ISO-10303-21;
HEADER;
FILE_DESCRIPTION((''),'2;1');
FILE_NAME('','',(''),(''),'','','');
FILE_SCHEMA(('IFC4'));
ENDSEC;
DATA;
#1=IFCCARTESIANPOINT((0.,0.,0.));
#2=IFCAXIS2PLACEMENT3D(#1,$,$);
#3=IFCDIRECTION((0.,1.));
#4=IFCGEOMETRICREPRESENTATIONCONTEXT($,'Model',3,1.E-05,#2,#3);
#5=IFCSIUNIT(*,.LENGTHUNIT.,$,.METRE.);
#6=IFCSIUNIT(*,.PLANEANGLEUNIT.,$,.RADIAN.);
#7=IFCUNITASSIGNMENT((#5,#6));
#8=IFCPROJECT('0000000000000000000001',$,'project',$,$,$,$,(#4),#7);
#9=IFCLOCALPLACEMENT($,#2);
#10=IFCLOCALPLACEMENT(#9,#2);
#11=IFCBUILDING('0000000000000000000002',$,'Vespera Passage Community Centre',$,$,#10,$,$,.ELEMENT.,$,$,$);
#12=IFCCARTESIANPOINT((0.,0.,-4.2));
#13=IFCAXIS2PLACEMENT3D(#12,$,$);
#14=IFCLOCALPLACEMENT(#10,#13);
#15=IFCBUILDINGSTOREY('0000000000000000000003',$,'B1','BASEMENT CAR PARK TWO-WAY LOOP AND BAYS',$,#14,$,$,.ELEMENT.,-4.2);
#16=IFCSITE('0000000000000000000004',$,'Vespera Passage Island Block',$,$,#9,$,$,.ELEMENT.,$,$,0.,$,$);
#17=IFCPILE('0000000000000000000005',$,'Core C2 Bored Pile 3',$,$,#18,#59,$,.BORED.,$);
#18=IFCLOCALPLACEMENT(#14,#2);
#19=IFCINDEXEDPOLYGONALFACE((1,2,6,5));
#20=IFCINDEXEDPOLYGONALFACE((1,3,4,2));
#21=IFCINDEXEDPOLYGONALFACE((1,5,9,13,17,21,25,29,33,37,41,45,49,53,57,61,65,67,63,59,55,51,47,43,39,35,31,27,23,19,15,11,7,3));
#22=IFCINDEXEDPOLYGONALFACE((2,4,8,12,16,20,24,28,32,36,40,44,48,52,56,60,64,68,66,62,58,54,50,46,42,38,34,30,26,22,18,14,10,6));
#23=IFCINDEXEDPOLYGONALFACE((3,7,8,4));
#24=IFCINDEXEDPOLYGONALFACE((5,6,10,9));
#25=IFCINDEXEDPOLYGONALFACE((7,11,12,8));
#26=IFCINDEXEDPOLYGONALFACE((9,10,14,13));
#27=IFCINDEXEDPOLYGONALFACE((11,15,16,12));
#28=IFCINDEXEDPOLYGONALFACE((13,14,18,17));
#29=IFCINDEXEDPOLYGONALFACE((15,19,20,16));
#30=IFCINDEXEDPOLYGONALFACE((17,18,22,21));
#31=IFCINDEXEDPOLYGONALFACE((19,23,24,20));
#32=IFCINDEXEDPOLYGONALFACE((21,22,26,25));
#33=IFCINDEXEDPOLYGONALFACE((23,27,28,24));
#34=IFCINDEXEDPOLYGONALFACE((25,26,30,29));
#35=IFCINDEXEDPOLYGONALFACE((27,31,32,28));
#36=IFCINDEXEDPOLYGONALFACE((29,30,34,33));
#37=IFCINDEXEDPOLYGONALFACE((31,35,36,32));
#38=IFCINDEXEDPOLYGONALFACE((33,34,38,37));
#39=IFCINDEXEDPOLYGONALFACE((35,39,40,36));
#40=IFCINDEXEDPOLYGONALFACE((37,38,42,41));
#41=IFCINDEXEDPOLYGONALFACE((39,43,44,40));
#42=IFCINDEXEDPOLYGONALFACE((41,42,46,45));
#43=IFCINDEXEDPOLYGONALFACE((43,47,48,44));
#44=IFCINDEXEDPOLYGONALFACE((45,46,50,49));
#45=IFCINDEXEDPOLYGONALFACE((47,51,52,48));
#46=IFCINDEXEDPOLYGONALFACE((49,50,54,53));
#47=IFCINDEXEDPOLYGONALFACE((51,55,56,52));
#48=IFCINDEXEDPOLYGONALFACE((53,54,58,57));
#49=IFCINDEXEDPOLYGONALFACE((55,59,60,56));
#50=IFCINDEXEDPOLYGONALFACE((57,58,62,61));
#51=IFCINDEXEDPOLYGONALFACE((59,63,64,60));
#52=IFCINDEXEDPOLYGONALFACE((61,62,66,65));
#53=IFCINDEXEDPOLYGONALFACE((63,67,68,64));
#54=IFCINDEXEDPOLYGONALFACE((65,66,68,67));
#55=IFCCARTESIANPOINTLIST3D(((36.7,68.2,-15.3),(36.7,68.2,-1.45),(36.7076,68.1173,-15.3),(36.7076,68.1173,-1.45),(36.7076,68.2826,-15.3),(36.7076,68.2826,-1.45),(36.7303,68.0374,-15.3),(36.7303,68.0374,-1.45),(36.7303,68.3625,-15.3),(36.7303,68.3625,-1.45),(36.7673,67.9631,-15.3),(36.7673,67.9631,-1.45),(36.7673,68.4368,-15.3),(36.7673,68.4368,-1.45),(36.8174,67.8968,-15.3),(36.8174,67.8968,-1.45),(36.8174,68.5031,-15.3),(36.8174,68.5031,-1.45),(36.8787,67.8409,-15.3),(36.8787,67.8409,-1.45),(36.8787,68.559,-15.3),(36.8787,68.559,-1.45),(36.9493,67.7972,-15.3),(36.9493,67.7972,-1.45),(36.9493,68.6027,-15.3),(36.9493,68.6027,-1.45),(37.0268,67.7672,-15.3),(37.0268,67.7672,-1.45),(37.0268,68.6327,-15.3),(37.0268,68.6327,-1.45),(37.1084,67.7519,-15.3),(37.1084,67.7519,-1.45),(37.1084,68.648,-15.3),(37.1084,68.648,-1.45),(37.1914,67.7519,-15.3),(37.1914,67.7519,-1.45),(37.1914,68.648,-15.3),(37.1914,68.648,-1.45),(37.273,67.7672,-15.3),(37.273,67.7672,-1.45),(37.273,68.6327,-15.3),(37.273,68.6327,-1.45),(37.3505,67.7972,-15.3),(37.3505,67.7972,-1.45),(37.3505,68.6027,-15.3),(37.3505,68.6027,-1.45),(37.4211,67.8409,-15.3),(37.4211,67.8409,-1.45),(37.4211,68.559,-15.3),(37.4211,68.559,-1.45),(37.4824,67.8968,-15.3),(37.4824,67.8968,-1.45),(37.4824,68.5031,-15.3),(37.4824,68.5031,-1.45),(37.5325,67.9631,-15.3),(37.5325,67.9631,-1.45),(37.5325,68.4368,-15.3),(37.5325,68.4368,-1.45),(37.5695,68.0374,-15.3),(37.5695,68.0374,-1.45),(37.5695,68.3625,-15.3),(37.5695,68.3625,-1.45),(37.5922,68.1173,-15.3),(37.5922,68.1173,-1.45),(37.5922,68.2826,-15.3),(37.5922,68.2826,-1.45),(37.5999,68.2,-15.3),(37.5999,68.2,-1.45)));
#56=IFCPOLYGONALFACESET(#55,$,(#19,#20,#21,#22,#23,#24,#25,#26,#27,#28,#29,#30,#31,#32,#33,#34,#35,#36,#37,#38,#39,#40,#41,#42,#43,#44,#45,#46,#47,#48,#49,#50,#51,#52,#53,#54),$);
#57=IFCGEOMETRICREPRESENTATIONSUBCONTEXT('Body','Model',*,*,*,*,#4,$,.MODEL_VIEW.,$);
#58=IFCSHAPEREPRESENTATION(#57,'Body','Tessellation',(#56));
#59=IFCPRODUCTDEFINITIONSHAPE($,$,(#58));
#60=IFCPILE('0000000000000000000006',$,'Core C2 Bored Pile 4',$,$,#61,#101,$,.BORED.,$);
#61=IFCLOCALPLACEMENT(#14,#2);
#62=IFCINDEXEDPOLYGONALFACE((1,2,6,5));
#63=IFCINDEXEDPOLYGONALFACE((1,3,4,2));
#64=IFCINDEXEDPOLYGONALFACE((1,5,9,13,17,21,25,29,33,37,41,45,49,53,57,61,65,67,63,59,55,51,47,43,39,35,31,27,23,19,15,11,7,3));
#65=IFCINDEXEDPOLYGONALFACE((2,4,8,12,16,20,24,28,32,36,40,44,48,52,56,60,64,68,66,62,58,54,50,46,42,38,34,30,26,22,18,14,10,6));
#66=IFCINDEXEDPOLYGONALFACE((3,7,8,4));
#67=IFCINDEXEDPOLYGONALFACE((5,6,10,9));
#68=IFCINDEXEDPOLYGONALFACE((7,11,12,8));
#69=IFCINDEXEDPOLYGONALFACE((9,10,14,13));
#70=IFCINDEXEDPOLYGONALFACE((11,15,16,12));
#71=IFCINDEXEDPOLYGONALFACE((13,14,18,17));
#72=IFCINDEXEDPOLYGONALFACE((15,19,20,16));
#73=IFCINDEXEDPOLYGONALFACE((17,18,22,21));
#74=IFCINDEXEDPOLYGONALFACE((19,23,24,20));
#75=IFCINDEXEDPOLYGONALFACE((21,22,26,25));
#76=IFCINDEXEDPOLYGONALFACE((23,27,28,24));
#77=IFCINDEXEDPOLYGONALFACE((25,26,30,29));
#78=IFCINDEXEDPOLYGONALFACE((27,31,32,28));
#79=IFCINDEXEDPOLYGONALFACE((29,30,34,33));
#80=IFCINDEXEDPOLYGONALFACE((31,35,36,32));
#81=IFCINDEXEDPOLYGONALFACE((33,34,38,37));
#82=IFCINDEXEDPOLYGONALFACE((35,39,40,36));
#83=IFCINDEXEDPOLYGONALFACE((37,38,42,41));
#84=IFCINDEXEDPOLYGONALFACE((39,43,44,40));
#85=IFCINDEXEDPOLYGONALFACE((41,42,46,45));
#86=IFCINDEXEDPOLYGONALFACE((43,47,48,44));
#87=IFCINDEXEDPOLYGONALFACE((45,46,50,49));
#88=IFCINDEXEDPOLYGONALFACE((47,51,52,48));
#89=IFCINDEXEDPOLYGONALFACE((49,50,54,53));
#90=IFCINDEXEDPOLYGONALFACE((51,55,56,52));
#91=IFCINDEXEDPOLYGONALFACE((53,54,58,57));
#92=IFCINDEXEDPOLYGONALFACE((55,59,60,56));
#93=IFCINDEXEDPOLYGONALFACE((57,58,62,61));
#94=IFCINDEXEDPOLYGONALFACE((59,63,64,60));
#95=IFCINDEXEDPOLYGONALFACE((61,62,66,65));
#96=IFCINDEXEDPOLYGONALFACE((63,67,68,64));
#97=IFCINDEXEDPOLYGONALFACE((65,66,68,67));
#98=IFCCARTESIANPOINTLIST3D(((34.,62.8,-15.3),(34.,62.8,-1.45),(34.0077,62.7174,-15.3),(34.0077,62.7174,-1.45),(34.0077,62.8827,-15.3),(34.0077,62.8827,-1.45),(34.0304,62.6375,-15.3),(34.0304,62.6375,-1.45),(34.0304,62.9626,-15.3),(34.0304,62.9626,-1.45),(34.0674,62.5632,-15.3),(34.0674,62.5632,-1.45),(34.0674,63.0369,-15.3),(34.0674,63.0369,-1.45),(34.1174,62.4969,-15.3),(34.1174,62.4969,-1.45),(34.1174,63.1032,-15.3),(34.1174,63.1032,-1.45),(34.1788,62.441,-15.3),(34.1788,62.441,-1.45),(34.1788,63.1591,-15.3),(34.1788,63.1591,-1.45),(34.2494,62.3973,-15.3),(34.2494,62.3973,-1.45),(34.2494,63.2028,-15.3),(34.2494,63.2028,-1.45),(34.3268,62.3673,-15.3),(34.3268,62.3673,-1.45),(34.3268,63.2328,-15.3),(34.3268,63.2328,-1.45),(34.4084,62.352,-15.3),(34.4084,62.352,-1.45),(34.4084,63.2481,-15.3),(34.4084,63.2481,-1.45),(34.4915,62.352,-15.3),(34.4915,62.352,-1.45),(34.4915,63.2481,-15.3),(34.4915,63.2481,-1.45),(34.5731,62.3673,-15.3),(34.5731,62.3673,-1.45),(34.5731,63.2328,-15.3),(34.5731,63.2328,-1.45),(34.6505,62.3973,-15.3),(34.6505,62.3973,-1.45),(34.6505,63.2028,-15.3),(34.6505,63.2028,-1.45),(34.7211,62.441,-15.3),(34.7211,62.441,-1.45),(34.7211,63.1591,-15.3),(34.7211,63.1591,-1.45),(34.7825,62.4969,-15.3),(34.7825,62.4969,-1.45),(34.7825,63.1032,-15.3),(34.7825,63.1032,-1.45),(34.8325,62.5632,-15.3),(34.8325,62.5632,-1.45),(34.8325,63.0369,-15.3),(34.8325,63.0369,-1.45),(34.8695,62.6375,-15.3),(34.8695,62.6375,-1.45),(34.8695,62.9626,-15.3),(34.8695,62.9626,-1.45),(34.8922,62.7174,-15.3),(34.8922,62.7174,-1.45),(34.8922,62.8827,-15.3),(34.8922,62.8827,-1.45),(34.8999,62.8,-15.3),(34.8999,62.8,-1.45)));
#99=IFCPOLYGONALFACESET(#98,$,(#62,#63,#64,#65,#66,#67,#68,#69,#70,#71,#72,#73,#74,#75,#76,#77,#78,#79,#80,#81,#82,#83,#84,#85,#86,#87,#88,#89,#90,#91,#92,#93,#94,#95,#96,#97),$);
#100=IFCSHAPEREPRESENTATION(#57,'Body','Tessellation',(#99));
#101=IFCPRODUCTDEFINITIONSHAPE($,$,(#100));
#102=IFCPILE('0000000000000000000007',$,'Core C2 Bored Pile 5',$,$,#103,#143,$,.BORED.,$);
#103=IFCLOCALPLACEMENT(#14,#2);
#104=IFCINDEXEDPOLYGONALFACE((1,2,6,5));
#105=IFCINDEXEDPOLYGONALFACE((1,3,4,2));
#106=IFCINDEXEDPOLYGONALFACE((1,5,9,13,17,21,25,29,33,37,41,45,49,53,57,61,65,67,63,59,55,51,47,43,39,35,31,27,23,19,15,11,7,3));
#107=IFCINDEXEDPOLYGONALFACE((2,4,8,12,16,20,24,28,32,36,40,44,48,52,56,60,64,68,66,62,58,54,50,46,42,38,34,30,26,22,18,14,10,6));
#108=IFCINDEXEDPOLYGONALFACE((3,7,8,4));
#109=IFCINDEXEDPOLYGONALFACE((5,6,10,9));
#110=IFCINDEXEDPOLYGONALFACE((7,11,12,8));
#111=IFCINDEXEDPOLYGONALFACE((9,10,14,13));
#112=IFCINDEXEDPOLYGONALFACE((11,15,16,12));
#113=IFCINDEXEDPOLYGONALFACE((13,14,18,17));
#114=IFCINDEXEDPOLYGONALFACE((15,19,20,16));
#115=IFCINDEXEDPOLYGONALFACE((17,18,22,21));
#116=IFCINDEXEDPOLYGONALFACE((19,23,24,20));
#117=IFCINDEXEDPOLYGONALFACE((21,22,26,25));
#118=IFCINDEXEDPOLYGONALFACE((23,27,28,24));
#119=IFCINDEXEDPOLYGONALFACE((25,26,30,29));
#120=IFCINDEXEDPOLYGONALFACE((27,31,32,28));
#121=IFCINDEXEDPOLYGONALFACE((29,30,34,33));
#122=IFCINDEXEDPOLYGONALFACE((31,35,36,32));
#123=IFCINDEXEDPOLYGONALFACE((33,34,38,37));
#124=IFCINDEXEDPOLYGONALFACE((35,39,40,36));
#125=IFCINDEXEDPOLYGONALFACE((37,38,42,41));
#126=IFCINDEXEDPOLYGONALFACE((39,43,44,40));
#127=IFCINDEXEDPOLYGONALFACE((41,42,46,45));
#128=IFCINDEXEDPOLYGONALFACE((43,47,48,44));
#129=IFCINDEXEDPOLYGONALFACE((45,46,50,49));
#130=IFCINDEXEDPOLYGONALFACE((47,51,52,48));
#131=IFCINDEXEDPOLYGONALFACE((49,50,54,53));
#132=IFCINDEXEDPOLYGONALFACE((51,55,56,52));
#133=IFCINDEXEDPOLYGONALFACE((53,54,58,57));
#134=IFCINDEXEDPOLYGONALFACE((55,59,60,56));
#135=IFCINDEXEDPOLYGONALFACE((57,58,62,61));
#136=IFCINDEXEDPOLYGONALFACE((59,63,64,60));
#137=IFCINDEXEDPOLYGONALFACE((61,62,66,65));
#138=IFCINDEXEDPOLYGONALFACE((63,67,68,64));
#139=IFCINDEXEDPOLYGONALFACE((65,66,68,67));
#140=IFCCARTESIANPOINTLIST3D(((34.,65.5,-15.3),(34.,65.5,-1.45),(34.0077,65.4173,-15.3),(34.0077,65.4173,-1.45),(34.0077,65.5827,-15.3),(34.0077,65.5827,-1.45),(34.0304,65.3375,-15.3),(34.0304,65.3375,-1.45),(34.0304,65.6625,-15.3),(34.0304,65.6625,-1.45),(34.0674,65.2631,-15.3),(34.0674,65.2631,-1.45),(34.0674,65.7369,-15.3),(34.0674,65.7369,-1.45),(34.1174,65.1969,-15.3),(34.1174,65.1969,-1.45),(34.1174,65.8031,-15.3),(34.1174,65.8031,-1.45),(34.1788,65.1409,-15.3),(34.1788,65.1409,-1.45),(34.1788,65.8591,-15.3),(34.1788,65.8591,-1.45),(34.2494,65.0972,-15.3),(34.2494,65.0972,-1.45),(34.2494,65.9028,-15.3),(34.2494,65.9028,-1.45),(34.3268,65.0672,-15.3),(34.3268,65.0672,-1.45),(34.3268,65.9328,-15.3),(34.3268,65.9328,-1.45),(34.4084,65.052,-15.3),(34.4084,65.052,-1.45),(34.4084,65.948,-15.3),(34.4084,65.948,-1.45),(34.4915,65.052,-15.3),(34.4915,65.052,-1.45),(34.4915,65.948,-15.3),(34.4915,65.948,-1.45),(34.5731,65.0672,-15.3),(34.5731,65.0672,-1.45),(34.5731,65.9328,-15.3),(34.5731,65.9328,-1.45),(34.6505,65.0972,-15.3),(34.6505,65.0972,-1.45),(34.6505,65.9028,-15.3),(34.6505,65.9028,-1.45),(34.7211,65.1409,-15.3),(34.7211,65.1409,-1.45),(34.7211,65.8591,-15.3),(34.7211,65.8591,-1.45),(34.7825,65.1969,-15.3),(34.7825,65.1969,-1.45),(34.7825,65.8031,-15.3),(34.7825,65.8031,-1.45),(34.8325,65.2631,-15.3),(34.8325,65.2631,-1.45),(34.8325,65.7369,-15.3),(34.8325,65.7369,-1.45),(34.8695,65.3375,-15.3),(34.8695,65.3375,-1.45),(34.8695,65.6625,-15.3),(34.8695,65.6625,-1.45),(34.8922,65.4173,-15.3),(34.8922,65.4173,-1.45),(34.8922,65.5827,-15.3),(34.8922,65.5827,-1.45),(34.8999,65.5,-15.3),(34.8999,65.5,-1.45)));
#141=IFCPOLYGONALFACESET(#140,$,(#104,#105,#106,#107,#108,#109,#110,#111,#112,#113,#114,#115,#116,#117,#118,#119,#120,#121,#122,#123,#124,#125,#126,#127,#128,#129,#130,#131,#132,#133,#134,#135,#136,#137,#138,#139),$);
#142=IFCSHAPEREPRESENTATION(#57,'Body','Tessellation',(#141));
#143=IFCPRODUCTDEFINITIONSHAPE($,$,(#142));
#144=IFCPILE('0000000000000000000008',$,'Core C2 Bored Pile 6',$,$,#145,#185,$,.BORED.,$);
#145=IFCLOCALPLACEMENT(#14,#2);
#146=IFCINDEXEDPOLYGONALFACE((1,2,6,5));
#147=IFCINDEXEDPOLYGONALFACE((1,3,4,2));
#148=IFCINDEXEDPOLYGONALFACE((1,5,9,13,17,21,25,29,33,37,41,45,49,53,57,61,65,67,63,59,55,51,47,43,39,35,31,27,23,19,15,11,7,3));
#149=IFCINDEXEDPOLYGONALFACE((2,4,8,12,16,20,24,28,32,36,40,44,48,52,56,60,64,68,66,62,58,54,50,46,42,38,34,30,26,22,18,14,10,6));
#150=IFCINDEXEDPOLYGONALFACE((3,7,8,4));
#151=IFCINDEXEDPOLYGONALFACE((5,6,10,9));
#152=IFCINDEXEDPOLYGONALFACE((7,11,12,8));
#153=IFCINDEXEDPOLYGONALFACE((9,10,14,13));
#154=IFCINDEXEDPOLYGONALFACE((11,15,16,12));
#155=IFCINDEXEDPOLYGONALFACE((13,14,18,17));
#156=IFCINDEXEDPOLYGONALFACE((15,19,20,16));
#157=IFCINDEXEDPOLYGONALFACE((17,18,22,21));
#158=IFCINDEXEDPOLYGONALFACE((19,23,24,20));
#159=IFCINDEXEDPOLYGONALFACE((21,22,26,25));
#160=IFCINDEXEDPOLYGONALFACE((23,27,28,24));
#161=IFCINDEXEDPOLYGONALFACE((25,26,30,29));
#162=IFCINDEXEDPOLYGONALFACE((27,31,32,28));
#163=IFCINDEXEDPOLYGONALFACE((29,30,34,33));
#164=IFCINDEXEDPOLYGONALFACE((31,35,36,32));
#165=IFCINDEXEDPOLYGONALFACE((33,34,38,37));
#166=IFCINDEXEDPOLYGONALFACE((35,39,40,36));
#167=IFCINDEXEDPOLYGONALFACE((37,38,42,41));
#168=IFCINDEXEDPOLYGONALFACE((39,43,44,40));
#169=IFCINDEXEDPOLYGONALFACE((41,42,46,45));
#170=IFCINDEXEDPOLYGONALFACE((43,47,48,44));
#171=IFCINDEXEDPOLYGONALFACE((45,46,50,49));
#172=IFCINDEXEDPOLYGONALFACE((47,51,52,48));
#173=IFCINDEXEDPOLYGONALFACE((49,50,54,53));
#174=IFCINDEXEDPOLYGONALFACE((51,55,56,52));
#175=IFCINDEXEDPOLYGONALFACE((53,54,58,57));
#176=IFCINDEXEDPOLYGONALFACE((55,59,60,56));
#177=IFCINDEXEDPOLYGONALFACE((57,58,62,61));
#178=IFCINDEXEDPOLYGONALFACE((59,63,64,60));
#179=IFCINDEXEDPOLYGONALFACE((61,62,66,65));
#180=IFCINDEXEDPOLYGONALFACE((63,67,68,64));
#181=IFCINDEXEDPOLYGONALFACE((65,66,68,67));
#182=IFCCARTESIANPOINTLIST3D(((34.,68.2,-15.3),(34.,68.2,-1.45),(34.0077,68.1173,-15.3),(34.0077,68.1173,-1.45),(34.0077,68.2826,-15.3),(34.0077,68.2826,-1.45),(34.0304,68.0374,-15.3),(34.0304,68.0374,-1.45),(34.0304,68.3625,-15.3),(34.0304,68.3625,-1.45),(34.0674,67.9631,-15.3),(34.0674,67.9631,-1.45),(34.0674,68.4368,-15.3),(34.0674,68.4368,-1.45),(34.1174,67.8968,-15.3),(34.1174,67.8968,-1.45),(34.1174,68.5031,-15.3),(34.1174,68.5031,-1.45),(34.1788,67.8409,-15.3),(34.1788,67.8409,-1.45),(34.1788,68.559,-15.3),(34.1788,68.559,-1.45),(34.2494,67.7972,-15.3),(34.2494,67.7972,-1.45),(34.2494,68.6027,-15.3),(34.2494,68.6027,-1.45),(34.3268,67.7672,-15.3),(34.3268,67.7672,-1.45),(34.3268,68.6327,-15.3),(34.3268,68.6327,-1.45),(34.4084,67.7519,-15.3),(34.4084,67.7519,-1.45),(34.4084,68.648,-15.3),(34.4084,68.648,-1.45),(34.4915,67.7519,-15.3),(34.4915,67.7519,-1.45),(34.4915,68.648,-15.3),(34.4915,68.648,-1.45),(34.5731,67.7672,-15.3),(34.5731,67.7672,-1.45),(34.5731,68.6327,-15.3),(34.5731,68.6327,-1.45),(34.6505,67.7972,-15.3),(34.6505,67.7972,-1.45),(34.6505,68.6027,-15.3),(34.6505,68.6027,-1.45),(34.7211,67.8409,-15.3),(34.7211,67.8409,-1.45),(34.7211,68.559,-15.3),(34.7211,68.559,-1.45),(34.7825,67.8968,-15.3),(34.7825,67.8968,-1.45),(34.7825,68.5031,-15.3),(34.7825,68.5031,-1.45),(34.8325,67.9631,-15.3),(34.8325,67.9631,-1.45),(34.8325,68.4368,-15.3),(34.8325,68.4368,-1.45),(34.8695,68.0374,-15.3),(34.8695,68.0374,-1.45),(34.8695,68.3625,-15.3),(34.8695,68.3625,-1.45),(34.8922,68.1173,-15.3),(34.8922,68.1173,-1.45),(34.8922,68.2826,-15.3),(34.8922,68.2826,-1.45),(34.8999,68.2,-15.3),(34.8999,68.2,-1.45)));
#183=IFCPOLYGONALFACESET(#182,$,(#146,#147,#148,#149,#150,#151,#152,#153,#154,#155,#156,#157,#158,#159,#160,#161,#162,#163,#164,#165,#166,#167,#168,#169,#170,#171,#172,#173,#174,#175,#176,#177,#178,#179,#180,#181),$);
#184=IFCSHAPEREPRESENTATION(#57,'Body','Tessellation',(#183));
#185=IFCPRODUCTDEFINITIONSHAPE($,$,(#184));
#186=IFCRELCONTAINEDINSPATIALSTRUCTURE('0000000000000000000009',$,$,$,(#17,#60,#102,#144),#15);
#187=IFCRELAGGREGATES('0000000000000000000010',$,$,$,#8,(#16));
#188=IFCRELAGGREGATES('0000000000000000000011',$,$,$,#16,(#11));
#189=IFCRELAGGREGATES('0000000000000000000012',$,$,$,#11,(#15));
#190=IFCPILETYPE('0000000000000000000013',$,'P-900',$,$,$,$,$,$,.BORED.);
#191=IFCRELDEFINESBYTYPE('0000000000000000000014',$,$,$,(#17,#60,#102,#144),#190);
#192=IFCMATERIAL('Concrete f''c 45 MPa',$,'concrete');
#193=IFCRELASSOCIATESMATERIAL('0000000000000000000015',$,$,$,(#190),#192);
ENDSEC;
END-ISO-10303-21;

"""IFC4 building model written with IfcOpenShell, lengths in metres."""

from ifc_helpers import new_model, si_unit, direction, frame, origin, origin_2d, place, context, subcontext, project, spatial, circle, extrude, material, material_profile, profile_set, type_object, element, save


model = new_model("IFC4")

# Units and contexts
model_context = context("Model", 3, precision=1e-05, world=origin(), true_north=direction((0.0, 1.0)))
body_context = subcontext(model_context, "Body", "Model", "MODEL_VIEW")
ifc_project = project(units=[si_unit("LENGTHUNIT", "METRE"), si_unit("PLANEANGLEUNIT", "RADIAN")], contexts=[model_context])

# Site, building, storey
site_placement = place(None, origin())
site = spatial("IfcSite", under=ifc_project, at=site_placement, Name="Vespera Passage Island Block", CompositionType="ELEMENT", RefElevation=0.0)
building_placement = place(site_placement, origin())
building = spatial("IfcBuilding", under=site, at=building_placement, Name="Vespera Passage Community Centre", CompositionType="ELEMENT")
storey_placement = place(building_placement, frame((0.0, 0.0, -4.2)))
storey = spatial("IfcBuildingStorey", under=building, at=storey_placement, Name="B1", Description="BASEMENT CAR PARK TWO-WAY LOOP AND BAYS", CompositionType="ELEMENT", Elevation=-4.2)

# Piles
ifc_material_1 = material(Name="Concrete f'c 45 MPa", Category="concrete")
ifc_material_profile_1 = material_profile(ifc_material_1, circle(Radius=0.45, at=origin_2d()), Name="PILE900DIA")
ifc_profile_set_1 = profile_set([ifc_material_profile_1], Name="Concrete f'c 45 MPa")
pile_type_1 = type_object("IfcPileType", Name="P-900", PredefinedType="BORED", material=ifc_profile_set_1)
for number, where, z_axis, x_axis, name in (
    (1, (37.1499, 68.2, -1.45), (0.0, 0.0, -1.0), (1.0, 0.0, 0.0), "Core C2 Bored Pile 3"),
    (2, (34.45, 62.8, -1.45), (0.0, 0.0, -1.0), (1.0, 0.0, 0.0), "Core C2 Bored Pile 4"),
    (3, (34.45, 65.5, -1.45), (0.0, 0.0, -1.0), (1.0, 0.0, 0.0), "Core C2 Bored Pile 5"),
    (4, (34.45, 68.2, -1.45), (0.0, 0.0, -1.0), (1.0, 0.0, 0.0), "Core C2 Bored Pile 6"),
):
    element("IfcPile", number, at=place(storey_placement, frame(where, z_axis=z_axis, x_axis=x_axis)), inside=storey, type_object=pile_type_1, Name=name, PredefinedType="BORED", context=body_context, shape_type="SweptSolid", body=[
        extrude(circle(Radius=0.45, at=origin_2d()), origin(), (0.0, 0.0, 1.0), 13.8501),
    ])

save(model, "model.ifc")
